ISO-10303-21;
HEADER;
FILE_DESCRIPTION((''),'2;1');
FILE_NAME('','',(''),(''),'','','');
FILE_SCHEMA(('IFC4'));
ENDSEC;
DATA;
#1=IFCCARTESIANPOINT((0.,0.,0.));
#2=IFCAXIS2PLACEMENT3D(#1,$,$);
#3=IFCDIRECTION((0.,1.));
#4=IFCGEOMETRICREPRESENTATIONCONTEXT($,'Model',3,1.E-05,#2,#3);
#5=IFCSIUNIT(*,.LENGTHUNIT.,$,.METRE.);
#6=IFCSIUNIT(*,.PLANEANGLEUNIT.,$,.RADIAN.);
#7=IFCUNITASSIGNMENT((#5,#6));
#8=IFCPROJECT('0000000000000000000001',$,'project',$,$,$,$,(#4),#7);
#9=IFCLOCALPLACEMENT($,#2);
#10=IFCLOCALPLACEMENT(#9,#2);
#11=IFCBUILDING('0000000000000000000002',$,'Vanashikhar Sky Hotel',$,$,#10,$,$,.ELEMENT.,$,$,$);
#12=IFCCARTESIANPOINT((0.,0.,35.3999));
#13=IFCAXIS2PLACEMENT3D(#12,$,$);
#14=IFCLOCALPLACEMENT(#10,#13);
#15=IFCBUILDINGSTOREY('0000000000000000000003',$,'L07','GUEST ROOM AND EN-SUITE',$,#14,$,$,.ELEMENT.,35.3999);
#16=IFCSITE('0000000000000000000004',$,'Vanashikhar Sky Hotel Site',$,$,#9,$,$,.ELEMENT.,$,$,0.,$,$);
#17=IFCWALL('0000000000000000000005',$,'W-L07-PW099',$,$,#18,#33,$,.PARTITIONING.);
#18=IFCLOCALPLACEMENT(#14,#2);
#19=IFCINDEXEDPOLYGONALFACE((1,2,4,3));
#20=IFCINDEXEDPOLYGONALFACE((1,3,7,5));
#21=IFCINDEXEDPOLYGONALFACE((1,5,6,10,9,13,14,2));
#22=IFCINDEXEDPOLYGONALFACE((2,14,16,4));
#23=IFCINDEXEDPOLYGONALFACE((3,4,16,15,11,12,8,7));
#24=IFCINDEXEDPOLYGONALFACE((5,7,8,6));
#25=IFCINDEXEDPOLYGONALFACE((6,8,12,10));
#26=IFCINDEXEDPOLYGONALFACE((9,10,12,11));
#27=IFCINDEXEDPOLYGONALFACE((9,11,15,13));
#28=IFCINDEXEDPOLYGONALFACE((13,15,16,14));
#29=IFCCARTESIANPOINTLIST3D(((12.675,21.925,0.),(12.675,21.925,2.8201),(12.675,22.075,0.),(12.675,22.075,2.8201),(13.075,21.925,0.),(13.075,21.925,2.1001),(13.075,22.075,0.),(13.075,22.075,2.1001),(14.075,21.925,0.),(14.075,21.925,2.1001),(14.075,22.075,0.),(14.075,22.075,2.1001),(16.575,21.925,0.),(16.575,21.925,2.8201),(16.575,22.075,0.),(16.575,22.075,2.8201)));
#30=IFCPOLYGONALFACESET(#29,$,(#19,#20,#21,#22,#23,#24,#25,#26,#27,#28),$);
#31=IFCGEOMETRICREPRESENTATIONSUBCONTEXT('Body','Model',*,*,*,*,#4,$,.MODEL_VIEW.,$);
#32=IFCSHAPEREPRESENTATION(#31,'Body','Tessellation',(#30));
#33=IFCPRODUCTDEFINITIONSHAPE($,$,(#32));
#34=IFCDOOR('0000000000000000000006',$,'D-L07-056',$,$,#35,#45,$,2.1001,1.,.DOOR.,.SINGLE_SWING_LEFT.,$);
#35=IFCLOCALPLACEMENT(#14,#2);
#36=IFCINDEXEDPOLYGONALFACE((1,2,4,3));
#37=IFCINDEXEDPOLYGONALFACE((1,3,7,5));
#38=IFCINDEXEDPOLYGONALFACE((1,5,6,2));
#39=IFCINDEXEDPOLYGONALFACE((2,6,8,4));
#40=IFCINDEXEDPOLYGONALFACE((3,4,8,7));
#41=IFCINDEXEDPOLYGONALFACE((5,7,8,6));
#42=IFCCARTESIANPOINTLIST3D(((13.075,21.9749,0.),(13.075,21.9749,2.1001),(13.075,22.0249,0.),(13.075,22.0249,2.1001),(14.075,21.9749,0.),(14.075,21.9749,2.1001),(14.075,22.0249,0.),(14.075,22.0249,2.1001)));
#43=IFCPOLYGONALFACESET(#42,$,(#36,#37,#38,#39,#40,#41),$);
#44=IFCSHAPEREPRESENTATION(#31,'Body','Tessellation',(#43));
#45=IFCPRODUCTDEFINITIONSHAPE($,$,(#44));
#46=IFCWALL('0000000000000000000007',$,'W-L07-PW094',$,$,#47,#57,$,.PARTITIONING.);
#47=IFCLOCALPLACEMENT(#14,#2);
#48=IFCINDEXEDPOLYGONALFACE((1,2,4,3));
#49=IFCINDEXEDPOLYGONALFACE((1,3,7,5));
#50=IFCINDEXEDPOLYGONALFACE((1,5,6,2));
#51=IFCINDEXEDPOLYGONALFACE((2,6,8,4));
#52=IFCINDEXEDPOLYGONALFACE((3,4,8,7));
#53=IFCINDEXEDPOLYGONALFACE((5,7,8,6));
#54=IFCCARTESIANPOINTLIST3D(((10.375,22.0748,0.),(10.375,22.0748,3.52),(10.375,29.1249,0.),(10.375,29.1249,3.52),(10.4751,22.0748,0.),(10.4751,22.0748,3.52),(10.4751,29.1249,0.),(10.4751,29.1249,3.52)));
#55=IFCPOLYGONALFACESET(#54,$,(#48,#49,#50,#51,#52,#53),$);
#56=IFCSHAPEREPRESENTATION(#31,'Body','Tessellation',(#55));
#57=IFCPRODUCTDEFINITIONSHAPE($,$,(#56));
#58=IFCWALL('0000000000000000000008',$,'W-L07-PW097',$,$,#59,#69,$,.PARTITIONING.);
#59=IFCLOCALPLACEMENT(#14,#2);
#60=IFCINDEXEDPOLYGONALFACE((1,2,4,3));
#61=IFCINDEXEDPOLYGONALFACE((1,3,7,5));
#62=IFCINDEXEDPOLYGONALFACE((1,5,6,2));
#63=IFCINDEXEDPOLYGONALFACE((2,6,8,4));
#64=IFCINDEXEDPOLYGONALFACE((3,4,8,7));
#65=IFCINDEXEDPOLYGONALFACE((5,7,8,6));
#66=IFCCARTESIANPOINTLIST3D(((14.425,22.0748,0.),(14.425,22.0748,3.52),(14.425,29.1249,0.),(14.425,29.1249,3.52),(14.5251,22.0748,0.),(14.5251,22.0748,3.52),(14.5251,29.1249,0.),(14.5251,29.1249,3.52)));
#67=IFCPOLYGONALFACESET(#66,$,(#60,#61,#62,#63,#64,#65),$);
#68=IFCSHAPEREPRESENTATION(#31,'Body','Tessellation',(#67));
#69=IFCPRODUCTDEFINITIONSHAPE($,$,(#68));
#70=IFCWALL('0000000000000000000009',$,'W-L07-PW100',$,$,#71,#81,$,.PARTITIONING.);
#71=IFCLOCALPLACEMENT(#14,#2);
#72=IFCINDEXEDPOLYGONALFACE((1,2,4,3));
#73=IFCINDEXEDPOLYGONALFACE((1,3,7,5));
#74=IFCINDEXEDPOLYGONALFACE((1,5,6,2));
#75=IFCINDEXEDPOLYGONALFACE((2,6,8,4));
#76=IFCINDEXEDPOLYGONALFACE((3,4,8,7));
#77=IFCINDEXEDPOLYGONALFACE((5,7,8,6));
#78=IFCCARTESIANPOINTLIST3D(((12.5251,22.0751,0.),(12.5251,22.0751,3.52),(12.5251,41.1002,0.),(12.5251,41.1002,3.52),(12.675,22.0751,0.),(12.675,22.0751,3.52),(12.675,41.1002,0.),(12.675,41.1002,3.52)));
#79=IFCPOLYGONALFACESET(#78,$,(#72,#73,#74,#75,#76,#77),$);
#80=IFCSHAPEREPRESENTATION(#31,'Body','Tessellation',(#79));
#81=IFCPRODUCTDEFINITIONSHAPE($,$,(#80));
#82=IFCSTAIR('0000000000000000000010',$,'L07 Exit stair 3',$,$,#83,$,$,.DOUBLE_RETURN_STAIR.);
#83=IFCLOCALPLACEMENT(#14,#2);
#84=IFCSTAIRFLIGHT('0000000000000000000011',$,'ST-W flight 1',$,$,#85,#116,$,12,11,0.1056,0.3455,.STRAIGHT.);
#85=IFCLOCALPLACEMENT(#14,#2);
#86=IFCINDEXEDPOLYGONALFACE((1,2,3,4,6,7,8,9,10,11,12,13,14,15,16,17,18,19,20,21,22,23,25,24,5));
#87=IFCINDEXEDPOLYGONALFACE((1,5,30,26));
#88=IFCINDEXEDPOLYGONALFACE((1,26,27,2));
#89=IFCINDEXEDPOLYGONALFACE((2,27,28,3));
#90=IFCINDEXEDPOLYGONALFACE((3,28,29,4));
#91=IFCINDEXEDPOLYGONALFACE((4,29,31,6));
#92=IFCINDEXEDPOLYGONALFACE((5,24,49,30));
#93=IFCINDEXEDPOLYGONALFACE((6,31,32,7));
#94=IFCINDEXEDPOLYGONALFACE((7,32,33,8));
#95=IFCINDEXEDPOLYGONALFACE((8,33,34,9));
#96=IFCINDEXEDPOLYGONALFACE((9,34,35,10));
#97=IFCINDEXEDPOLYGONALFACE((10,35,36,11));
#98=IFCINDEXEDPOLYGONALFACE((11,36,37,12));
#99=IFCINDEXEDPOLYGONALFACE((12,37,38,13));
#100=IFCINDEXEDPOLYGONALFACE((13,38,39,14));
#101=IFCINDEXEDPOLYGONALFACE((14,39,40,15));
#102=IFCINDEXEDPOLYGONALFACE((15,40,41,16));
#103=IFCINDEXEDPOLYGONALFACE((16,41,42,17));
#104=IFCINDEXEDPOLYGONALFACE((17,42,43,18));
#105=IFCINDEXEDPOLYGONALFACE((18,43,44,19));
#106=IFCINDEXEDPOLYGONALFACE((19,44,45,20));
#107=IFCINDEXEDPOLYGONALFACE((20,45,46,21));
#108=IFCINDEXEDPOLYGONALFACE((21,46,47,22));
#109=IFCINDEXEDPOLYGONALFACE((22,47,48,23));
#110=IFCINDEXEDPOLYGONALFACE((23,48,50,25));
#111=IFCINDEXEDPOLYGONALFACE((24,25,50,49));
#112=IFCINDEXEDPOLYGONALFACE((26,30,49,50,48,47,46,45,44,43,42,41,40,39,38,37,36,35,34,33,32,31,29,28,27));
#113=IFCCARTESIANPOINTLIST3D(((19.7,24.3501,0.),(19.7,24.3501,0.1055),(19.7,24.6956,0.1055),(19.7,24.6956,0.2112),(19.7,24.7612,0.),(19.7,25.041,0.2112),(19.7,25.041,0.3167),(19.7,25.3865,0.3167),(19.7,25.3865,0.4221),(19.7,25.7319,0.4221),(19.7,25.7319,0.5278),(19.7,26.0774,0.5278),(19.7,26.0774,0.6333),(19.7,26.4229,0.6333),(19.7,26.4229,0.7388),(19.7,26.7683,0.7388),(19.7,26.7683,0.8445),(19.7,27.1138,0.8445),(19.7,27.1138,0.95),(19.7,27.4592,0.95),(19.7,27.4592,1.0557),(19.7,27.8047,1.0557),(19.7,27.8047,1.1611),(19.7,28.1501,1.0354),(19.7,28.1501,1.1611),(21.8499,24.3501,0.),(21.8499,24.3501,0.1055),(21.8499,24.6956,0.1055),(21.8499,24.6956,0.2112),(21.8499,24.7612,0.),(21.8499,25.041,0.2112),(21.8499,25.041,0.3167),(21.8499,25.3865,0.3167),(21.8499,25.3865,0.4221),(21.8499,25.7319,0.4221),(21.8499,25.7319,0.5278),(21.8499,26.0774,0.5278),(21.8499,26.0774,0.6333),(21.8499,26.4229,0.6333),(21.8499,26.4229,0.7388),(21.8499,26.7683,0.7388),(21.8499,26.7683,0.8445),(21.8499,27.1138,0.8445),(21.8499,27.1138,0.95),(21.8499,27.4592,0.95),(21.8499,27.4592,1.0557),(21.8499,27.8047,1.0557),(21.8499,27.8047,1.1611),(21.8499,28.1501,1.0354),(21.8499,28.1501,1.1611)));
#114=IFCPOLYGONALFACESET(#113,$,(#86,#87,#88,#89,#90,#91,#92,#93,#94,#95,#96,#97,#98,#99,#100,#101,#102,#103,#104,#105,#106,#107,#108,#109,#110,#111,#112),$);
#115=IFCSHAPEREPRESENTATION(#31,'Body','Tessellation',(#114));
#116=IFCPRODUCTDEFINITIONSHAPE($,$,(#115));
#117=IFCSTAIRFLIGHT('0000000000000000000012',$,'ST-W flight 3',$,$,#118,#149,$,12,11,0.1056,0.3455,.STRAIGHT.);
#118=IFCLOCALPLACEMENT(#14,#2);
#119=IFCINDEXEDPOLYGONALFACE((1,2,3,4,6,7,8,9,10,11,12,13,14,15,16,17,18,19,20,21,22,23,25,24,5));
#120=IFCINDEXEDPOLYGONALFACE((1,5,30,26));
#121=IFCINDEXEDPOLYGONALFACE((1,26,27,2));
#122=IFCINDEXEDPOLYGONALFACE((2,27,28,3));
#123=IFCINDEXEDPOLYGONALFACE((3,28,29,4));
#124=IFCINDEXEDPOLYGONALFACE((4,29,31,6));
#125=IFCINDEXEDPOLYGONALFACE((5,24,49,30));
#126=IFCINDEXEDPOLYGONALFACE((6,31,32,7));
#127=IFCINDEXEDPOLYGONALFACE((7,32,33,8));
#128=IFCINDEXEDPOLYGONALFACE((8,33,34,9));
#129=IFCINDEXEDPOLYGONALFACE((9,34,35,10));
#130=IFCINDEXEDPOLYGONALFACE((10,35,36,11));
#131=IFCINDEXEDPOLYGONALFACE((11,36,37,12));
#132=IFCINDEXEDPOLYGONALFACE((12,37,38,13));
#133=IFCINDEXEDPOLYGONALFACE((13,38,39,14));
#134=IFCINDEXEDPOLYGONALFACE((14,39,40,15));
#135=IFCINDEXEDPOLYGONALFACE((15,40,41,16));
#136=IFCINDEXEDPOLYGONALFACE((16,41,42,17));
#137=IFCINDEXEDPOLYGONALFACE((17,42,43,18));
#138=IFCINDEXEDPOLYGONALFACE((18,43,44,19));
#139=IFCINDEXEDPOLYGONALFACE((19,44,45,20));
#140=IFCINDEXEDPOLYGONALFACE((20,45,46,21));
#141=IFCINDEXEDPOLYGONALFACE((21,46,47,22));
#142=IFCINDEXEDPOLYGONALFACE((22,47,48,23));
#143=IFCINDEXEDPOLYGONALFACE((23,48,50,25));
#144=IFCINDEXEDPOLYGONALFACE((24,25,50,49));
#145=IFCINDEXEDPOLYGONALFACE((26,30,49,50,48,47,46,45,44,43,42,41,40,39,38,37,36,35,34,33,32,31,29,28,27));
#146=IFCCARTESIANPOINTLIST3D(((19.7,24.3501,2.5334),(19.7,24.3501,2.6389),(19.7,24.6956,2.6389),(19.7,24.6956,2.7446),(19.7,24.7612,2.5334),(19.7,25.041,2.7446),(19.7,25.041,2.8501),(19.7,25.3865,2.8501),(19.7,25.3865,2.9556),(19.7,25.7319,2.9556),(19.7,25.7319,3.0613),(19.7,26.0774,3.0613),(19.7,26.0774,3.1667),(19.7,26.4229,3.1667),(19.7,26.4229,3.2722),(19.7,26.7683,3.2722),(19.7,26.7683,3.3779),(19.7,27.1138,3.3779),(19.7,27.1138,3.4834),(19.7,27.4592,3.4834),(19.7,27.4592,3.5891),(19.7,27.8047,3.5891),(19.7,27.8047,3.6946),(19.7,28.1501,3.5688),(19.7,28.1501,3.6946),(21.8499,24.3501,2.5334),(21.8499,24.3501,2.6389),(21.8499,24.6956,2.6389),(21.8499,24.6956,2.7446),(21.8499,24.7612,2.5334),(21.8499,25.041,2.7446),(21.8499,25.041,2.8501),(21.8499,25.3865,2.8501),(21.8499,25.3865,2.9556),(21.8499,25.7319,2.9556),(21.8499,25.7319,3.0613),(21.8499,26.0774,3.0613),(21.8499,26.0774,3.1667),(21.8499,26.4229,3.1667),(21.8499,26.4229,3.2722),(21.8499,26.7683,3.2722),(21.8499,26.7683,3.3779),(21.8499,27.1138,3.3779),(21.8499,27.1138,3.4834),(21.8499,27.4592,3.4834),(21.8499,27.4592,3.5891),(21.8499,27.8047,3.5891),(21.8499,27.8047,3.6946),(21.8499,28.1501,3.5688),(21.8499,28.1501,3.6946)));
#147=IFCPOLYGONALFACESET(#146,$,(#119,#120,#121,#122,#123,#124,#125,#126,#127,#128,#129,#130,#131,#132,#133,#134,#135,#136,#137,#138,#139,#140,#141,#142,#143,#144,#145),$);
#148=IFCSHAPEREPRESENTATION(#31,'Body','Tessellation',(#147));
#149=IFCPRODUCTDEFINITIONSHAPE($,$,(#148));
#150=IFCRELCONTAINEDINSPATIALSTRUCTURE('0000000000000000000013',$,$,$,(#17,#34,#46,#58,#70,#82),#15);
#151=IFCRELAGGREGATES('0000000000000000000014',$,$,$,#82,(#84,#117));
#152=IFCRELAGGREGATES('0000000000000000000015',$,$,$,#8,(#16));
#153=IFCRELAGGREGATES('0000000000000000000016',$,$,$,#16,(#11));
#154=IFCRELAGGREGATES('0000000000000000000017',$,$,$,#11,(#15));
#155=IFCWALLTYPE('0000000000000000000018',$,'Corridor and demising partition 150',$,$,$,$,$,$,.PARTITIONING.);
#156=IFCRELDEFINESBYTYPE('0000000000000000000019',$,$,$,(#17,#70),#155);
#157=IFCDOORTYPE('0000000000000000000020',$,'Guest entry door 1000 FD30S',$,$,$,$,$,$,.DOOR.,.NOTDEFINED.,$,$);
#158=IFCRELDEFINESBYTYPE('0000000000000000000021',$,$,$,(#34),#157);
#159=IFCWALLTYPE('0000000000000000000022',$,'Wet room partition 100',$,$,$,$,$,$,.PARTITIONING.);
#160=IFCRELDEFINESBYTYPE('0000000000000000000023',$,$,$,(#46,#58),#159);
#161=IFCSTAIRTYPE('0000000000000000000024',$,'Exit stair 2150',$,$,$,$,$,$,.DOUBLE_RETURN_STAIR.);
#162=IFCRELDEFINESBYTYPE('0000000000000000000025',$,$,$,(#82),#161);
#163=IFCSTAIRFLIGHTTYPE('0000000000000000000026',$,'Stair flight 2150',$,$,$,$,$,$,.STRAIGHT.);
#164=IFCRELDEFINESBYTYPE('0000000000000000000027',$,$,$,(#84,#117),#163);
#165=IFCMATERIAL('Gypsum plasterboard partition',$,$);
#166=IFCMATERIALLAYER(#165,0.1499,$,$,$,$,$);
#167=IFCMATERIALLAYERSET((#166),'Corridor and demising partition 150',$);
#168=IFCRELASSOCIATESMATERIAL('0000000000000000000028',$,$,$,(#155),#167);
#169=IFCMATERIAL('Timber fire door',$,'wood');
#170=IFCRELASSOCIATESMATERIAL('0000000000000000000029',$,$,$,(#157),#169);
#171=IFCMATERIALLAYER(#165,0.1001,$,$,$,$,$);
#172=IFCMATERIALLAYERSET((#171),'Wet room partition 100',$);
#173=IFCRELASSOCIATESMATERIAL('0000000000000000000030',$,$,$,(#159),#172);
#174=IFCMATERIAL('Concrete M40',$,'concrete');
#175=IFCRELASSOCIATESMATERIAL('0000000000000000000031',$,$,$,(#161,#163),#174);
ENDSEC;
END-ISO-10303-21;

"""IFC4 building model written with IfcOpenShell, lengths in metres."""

from ifc_helpers import new_model, si_unit, direction, frame, frame_2d, origin, place, context, subcontext, project, spatial, polyline, rectangle, outline, extrude, source, transform, mapped, material, layer, layer_set, type_object, element, fill, aggregate, save


model = new_model("IFC4")

# Units and contexts
model_context = context("Model", 3, precision=1e-05, world=origin(), true_north=direction((0.0, 1.0)))
body_context = subcontext(model_context, "Body", "Model", "MODEL_VIEW")
ifc_project = project(units=[si_unit("LENGTHUNIT", "METRE"), si_unit("PLANEANGLEUNIT", "RADIAN")], contexts=[model_context])

# Site, building, storey
site_placement = place(None, origin())
site = spatial("IfcSite", under=ifc_project, at=site_placement, Name="Vanashikhar Sky Hotel Site", CompositionType="ELEMENT", RefElevation=0.0)
building_placement = place(site_placement, origin())
building = spatial("IfcBuilding", under=site, at=building_placement, Name="Vanashikhar Sky Hotel", CompositionType="ELEMENT")
storey_placement = place(building_placement, frame((0.0, 0.0, 35.3999)))
storey = spatial("IfcBuildingStorey", under=building, at=storey_placement, Name="L07", Description="GUEST ROOM AND EN-SUITE", CompositionType="ELEMENT", Elevation=35.3999)

# Wall, opening, door
ifc_material_1 = material(Name="Gypsum plasterboard partition")
ifc_layer_1 = layer(ifc_material_1, 0.1499)
ifc_layer_set_1 = layer_set([ifc_layer_1], Name="Corridor and demising partition 150")
wall_type_1 = type_object("IfcWallType", Name="Corridor and demising partition 150", PredefinedType="PARTITIONING", material=ifc_layer_set_1)
shared_shape_1 = source(origin(), body_context, "Body", "SweptSolid", [
    extrude(rectangle(XDim=1.0, YDim=2.1001, at=frame_2d((0.5, 1.05))), frame((0.0, 0.085, 0.0), z_axis=(0.0, -1.0, 0.0), x_axis=(1.0, 0.0, 0.0)), (0.0, 0.0, 1.0), 0.1699),
])
ifc_material_2 = material(Name="Timber fire door", Category="wood")
door_type_1 = type_object("IfcDoorType", Name="Guest entry door 1000 FD30S", OperationType="NOTDEFINED", PredefinedType="DOOR", material=ifc_material_2)
shared_shape_2 = source(origin(), body_context, "Body", "SweptSolid", [
    extrude(rectangle(XDim=1.0, YDim=2.1001, at=frame_2d((0.5, 1.05))), frame((0.0, 0.0249, 0.0), z_axis=(0.0, -1.0, 0.0), x_axis=(1.0, 0.0, 0.0)), (0.0, 0.0, 1.0), 0.05),
])
shared_shape_3 = source(origin(), body_context, "Body", "SweptSolid", [
    extrude(rectangle(XDim=3.8999, YDim=0.1499, at=frame_2d((1.95, 0.0))), origin(), (0.0, 0.0, 1.0), 2.8201),
])
wall_1_placement = place(storey_placement, frame((12.675, 22.0, 0.0), z_axis=(0.0, 0.0, 1.0), x_axis=(1.0, 0.0, 0.0)))
wall_1 = element("IfcWall", 1, at=wall_1_placement, inside=storey, type_object=wall_type_1, Name="W-L07-PW099", PredefinedType="PARTITIONING", context=body_context, shape_type="MappedRepresentation", body=[
    mapped(shared_shape_3, transform((0.0, 0.0, 0.0), scale=1.0)),
])
opening_1_placement = place(wall_1_placement, frame((0.3999, 0.0, 0.0)))
opening_1 = element("IfcOpeningElement", 2, at=opening_1_placement, cuts=wall_1, PredefinedType="OPENING", context=body_context, shape_type="MappedRepresentation", body=[
    mapped(shared_shape_1, transform((0.0, 0.0, 0.0), scale=1.0)),
])
door_1_placement = place(opening_1_placement, origin())
door_1 = element("IfcDoor", 3, at=door_1_placement, inside=storey, type_object=door_type_1, Name="D-L07-056", OperationType="SINGLE_SWING_LEFT", OverallHeight=2.1001, OverallWidth=1.0, PredefinedType="DOOR", context=body_context, shape_type="MappedRepresentation", body=[
    mapped(shared_shape_2, transform((0.0, 0.0, 0.0), scale=1.0)),
])
fill(opening_1, door_1)

# Walls
ifc_layer_2 = layer(ifc_material_1, 0.1001)
ifc_layer_set_2 = layer_set([ifc_layer_2], Name="Wet room partition 100")
wall_type_2 = type_object("IfcWallType", Name="Wet room partition 100", PredefinedType="PARTITIONING", material=ifc_layer_set_2)
shared_shape_4 = source(origin(), body_context, "Body", "SweptSolid", [
    extrude(rectangle(XDim=7.05, YDim=0.1001, at=frame_2d((3.5249, 0.0))), origin(), (0.0, 0.0, 1.0), 3.52),
])
for number, where, z_axis, x_axis, name in (
    (4, (10.425, 22.075, 0.0), (0.0, 0.0, 1.0), (0.0, 1.0, 0.0), "W-L07-PW094"),
    (5, (14.4751, 22.075, 0.0), (0.0, 0.0, 1.0), (0.0, 1.0, 0.0), "W-L07-PW097"),
):
    element("IfcWall", number, at=place(storey_placement, frame(where, z_axis=z_axis, x_axis=x_axis)), inside=storey, type_object=wall_type_2, Name=name, PredefinedType="PARTITIONING", context=body_context, shape_type="MappedRepresentation", body=[
        mapped(shared_shape_4, transform((0.0, 0.0, 0.0), scale=1.0)),
    ])
shared_shape_5 = source(origin(), body_context, "Body", "SweptSolid", [
    extrude(rectangle(XDim=19.0251, YDim=0.1499, at=frame_2d((9.5127, 0.0))), origin(), (0.0, 0.0, 1.0), 3.52),
])
wall_2_placement = place(storey_placement, frame((12.6001, 22.075, 0.0), z_axis=(0.0, 0.0, 1.0), x_axis=(0.0, 1.0, 0.0)))
element("IfcWall", 6, at=wall_2_placement, inside=storey, type_object=wall_type_1, Name="W-L07-PW100", PredefinedType="PARTITIONING", context=body_context, shape_type="MappedRepresentation", body=[
    mapped(shared_shape_5, transform((0.0, 0.0, 0.0), scale=1.0)),
])

# Stair, stair flights
ifc_material_3 = material(Name="Concrete M40", Category="concrete")
stair_type = type_object("IfcStairType", Name="Exit stair 2150", PredefinedType="DOUBLE_RETURN_STAIR", material=ifc_material_3)
stair_placement = place(storey_placement, origin())
stair = element("IfcStair", 7, at=stair_placement, inside=storey, type_object=stair_type, Name="L07 Exit stair 3", PredefinedType="DOUBLE_RETURN_STAIR")
stair_flight_type = type_object("IfcStairFlightType", Name="Stair flight 2150", PredefinedType="STRAIGHT", material=ifc_material_3)
shared_shape_6 = source(origin(), body_context, "Body", "SweptSolid", [
    extrude(outline(polyline([(0.0, 0.0), (0.0, 0.1055), (0.3455, 0.1055), (0.3455, 0.2112), (0.6909, 0.2112), (0.6909, 0.3167), (1.0364, 0.3167), (1.0364, 0.4221), (1.3818, 0.4221), (1.3818, 0.5278), (1.7273, 0.5278), (1.7273, 0.6333), (2.0728, 0.6333), (2.0728, 0.7388), (2.4182, 0.7388), (2.4182, 0.8445), (2.7637, 0.8445), (2.7637, 0.95), (3.1091, 0.95), (3.1091, 1.0557), (3.4546, 1.0557), (3.4546, 1.1611), (3.8, 1.1611), (3.8, 1.2666), (3.8, 1.0354), (0.4111, 0.0), (0.0, 0.0)])), frame((0.0, 1.075, 0.0), z_axis=(0.0, -1.0, 0.0), x_axis=(1.0, 0.0, 0.0)), (0.0, 0.0, 1.0), 2.1499),
])
stair_flight_1_placement = place(storey_placement, frame((20.7749, 24.3501, 0.0), z_axis=(0.0, 0.0, 1.0), x_axis=(0.0, 1.0, 0.0)))
stair_flight_1 = element("IfcStairFlight", 8, at=stair_flight_1_placement, type_object=stair_flight_type, Name="ST-W flight 1", NumberOfRisers=12, NumberOfTreads=11, PredefinedType="STRAIGHT", RiserHeight=0.1056, TreadLength=0.3455, context=body_context, shape_type="MappedRepresentation", body=[
    mapped(shared_shape_6, transform((0.0, 0.0, 0.0), scale=1.0)),
])
stair_flight_2_placement = place(storey_placement, frame((20.7749, 24.3501, 2.5334), z_axis=(0.0, 0.0, 1.0), x_axis=(0.0, 1.0, 0.0)))
stair_flight_2 = element("IfcStairFlight", 9, at=stair_flight_2_placement, type_object=stair_flight_type, Name="ST-W flight 3", NumberOfRisers=12, NumberOfTreads=11, PredefinedType="STRAIGHT", RiserHeight=0.1056, TreadLength=0.3455, context=body_context, shape_type="MappedRepresentation", body=[
    mapped(shared_shape_6, transform((0.0, 0.0, 0.0), scale=1.0)),
])
aggregate(stair, [stair_flight_1, stair_flight_2])

save(model, "model.ifc")
